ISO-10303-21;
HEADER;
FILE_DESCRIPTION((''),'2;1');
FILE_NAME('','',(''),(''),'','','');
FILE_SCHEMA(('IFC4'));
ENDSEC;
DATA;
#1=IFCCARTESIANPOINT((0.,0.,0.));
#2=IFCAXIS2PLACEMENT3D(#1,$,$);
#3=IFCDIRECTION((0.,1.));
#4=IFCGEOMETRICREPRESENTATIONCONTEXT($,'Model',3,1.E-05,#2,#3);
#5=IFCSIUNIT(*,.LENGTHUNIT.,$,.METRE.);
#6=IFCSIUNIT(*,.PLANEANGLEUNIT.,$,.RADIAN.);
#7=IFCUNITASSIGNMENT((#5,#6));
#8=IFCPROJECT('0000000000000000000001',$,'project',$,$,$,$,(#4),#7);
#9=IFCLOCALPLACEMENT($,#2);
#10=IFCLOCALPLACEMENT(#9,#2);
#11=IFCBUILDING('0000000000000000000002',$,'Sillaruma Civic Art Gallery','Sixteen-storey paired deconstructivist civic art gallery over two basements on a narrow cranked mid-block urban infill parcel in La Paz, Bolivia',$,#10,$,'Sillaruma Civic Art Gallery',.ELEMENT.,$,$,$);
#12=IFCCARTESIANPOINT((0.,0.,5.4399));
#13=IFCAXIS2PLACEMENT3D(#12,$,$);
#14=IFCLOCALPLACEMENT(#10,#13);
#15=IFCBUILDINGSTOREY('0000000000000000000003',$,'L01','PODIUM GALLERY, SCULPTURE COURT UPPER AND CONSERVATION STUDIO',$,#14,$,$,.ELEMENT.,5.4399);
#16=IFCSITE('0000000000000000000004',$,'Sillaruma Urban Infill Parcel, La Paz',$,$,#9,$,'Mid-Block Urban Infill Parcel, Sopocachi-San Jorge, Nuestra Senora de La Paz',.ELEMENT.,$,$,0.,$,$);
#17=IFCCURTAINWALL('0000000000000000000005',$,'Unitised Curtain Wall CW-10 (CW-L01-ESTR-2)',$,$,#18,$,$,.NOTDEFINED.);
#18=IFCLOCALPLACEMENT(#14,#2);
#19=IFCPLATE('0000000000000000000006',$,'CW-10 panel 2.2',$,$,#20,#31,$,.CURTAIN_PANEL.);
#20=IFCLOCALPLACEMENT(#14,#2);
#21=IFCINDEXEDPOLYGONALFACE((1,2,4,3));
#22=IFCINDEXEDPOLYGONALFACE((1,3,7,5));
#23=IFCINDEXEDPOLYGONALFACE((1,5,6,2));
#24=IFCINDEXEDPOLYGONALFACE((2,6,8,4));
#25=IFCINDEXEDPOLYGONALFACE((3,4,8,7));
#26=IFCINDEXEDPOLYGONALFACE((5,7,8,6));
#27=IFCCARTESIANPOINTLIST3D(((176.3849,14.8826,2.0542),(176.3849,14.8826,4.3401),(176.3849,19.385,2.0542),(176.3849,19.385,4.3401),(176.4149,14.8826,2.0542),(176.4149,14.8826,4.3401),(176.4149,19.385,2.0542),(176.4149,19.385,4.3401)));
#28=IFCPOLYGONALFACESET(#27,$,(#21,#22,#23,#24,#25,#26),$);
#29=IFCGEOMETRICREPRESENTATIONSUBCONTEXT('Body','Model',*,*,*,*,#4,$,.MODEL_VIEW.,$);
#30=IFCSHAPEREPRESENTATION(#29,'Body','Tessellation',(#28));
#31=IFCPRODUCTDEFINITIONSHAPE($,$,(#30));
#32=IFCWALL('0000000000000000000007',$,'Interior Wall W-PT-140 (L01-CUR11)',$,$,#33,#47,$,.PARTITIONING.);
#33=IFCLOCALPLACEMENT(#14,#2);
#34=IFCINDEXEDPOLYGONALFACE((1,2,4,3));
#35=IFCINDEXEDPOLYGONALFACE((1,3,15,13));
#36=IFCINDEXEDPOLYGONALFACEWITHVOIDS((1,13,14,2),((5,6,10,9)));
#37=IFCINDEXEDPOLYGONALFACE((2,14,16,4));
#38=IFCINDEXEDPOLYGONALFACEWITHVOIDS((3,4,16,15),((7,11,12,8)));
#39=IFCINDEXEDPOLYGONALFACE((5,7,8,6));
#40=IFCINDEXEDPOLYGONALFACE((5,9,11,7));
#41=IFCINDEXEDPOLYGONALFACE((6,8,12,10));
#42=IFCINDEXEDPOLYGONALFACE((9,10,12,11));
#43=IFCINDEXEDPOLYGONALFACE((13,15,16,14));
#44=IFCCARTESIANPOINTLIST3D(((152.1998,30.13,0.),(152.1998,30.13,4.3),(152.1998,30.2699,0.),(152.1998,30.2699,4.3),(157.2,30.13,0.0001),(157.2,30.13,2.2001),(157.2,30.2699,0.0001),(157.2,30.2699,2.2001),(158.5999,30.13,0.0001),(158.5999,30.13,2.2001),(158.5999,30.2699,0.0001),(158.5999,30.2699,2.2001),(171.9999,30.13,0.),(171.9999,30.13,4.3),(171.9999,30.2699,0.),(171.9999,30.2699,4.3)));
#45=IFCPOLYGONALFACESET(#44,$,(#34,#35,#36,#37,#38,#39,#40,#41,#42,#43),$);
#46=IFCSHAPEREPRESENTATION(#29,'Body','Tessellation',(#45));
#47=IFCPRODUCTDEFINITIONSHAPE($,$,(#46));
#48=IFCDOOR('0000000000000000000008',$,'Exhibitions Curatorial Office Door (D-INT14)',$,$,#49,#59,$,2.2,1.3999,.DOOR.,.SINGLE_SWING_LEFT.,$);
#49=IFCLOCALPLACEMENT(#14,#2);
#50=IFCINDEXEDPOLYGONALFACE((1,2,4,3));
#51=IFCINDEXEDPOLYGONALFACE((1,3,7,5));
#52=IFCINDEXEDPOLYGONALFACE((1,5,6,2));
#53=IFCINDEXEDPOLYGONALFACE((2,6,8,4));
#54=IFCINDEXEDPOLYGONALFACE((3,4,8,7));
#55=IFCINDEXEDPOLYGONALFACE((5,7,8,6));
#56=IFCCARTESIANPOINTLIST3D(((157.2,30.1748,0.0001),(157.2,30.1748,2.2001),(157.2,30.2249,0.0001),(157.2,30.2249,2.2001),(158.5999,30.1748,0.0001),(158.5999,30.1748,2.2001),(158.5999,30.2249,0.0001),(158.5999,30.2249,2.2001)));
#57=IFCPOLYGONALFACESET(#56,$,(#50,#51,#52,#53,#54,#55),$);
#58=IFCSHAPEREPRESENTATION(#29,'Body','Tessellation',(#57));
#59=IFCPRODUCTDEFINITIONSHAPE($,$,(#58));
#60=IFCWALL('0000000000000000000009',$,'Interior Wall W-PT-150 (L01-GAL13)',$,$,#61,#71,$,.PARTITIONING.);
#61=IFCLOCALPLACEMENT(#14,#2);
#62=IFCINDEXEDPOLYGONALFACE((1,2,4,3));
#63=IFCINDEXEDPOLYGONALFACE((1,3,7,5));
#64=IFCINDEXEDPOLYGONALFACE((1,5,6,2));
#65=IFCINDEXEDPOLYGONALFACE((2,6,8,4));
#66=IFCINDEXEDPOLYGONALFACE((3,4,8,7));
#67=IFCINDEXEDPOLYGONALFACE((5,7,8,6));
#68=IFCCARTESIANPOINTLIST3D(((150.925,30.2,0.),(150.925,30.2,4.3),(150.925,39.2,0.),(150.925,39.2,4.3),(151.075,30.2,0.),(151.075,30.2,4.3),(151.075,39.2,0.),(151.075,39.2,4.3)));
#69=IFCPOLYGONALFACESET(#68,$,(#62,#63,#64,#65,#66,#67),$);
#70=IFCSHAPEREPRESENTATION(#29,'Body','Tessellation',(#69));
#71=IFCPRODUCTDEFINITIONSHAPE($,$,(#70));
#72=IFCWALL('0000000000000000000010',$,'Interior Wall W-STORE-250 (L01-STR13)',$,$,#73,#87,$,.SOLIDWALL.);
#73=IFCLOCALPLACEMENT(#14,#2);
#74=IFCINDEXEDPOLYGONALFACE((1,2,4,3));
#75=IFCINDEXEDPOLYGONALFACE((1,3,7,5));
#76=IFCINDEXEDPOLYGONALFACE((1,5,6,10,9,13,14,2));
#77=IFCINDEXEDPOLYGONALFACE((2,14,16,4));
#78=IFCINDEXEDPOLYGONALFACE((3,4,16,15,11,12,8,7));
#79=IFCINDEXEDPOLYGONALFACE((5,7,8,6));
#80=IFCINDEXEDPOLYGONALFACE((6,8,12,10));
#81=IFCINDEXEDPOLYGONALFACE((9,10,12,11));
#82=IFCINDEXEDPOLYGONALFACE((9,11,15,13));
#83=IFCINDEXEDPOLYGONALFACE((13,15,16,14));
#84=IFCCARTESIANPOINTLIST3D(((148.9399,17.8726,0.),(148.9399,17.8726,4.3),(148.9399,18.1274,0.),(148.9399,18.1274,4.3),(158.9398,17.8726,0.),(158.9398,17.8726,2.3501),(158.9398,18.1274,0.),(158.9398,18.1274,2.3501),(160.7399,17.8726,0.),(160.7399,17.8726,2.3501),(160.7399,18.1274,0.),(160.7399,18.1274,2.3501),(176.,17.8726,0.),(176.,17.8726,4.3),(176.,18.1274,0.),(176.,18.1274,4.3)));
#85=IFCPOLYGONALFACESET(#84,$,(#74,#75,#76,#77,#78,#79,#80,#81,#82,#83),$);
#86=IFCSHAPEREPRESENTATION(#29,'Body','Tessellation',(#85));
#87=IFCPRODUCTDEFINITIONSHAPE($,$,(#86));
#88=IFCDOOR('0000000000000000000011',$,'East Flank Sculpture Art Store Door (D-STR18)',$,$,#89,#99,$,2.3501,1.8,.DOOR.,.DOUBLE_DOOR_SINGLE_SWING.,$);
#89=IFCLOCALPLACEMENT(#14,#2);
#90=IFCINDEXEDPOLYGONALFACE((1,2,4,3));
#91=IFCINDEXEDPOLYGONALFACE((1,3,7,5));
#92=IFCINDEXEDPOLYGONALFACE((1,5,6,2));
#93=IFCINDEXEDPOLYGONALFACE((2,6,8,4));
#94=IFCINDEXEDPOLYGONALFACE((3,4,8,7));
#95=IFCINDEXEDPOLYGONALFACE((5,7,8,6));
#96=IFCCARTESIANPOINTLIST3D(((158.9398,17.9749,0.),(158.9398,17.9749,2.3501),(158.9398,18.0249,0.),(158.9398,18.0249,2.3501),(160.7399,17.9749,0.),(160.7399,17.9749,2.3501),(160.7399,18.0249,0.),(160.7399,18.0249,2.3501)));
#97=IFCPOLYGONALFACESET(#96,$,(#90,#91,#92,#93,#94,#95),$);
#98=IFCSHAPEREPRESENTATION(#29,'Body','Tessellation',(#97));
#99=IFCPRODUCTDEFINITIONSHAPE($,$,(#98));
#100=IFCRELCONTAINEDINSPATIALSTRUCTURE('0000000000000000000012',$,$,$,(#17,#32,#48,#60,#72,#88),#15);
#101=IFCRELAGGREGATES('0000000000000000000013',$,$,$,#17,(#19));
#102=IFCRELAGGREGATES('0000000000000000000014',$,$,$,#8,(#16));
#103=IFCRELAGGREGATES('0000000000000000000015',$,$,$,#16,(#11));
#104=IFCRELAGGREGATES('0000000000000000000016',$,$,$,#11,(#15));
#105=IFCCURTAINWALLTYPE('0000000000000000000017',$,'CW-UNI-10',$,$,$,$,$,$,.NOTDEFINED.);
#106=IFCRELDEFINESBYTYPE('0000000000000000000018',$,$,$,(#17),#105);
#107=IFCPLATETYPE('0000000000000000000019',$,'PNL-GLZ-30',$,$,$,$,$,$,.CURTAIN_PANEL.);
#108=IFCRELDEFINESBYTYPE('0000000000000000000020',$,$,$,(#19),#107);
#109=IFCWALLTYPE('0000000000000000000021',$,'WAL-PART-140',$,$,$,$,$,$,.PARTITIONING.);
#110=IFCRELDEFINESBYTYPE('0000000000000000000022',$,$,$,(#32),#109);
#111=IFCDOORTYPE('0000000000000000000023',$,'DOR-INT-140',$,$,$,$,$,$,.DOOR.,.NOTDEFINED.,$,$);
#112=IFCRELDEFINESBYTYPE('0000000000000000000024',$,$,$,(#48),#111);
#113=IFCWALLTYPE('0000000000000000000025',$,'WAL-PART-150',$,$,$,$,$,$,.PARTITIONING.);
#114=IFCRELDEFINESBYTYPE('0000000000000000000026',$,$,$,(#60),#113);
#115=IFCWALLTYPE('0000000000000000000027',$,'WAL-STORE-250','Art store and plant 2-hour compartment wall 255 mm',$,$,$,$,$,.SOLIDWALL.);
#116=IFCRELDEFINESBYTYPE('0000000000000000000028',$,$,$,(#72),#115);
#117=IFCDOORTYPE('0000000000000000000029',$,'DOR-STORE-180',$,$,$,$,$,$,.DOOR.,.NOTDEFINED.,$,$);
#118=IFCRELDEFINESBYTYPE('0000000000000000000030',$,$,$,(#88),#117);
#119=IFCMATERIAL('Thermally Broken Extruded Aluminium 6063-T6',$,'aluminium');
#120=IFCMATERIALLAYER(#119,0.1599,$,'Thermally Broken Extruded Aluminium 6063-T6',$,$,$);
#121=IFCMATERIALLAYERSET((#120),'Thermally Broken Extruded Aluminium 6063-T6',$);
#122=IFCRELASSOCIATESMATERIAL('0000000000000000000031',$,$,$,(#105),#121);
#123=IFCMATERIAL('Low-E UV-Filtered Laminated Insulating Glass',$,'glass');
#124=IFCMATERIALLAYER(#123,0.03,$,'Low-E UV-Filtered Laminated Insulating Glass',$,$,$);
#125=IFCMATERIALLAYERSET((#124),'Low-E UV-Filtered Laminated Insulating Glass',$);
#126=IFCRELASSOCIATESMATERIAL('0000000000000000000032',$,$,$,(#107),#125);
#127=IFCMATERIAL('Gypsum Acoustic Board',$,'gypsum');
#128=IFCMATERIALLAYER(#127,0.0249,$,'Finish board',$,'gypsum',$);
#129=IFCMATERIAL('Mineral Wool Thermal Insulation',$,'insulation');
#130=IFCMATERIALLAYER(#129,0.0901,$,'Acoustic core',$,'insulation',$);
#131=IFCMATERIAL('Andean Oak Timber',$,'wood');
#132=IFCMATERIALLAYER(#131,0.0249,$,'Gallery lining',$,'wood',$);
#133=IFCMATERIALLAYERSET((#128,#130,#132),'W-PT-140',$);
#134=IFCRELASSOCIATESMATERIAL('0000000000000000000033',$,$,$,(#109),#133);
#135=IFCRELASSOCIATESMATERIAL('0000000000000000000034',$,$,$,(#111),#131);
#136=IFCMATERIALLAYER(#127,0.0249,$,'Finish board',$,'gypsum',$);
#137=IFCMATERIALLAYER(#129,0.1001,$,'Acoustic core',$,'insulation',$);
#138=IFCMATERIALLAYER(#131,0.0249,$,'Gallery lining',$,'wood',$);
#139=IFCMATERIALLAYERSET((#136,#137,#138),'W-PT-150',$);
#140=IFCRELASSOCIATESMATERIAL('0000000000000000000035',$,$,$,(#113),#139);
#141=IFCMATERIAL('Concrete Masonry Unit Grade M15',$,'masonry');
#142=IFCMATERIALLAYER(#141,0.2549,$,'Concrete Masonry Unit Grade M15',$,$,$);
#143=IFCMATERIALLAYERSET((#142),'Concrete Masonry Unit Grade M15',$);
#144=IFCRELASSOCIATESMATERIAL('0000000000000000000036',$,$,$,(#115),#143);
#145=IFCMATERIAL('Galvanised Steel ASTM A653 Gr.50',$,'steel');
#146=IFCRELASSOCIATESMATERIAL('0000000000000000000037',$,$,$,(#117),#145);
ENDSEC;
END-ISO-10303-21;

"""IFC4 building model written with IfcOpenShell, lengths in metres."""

from ifc_helpers import new_model, si_unit, direction, frame, frame_2d, origin, origin_2d, place, context, subcontext, project, spatial, rectangle, extrude, material, layer, layer_set, type_object, element, fill, aggregate, save


model = new_model("IFC4")

# Units and contexts
model_context = context("Model", 3, precision=1e-05, world=origin(), true_north=direction((0.0, 1.0)))
body_context = subcontext(model_context, "Body", "Model", "MODEL_VIEW")
ifc_project = project(units=[si_unit("LENGTHUNIT", "METRE"), si_unit("PLANEANGLEUNIT", "RADIAN")], contexts=[model_context])

# Site, building, storey
site_placement = place(None, origin())
site = spatial("IfcSite", under=ifc_project, at=site_placement, Name="Sillaruma Urban Infill Parcel, La Paz", LongName="Mid-Block Urban Infill Parcel, Sopocachi-San Jorge, Nuestra Senora de La Paz", CompositionType="ELEMENT", RefElevation=0.0)
building_placement = place(site_placement, origin())
building = spatial("IfcBuilding", under=site, at=building_placement, Name="Sillaruma Civic Art Gallery", Description="Sixteen-storey paired deconstructivist civic art gallery over two basements on a narrow cranked mid-block urban infill parcel in La Paz, Bolivia", LongName="Sillaruma Civic Art Gallery", CompositionType="ELEMENT")
storey_placement = place(building_placement, frame((0.0, 0.0, 5.4399)))
storey = spatial("IfcBuildingStorey", under=building, at=storey_placement, Name="L01", Description="PODIUM GALLERY, SCULPTURE COURT UPPER AND CONSERVATION STUDIO", CompositionType="ELEMENT", Elevation=5.4399)

# Curtain wall, plate
ifc_material_1 = material(Name="Thermally Broken Extruded Aluminium 6063-T6", Category="aluminium")
ifc_layer_1 = layer(ifc_material_1, 0.1599, Name="Thermally Broken Extruded Aluminium 6063-T6")
ifc_layer_set_1 = layer_set([ifc_layer_1], Name="Thermally Broken Extruded Aluminium 6063-T6")
curtain_wall_type = type_object("IfcCurtainWallType", Name="CW-UNI-10", PredefinedType="NOTDEFINED", material=ifc_layer_set_1)
curtain_wall_placement = place(storey_placement, origin())
curtain_wall = element("IfcCurtainWall", 1, at=curtain_wall_placement, inside=storey, type_object=curtain_wall_type, Name="Unitised Curtain Wall CW-10 (CW-L01-ESTR-2)", PredefinedType="NOTDEFINED")
ifc_material_2 = material(Name="Low-E UV-Filtered Laminated Insulating Glass", Category="glass")
ifc_layer_2 = layer(ifc_material_2, 0.03, Name="Low-E UV-Filtered Laminated Insulating Glass")
ifc_layer_set_2 = layer_set([ifc_layer_2], Name="Low-E UV-Filtered Laminated Insulating Glass")
plate_type = type_object("IfcPlateType", Name="PNL-GLZ-30", PredefinedType="CURTAIN_PANEL", material=ifc_layer_set_2)
plate_placement = place(storey_placement, frame((176.3999, 17.1338, 2.0542), z_axis=(0.0, 0.0, 1.0), x_axis=(0.0, 1.0, 0.0)))
plate = element("IfcPlate", 2, at=plate_placement, type_object=plate_type, Name="CW-10 panel 2.2", PredefinedType="CURTAIN_PANEL", context=body_context, shape_type="SweptSolid", body=[
    extrude(rectangle(XDim=4.5024, YDim=0.03, at=origin_2d()), origin(), (0.0, 0.0, 1.0), 2.2859),
])
aggregate(curtain_wall, [plate])

# Wall, opening, door
ifc_material_3 = material(Name="Gypsum Acoustic Board", Category="gypsum")
ifc_layer_3 = layer(ifc_material_3, 0.0249, Name="Finish board", Category="gypsum")
ifc_material_4 = material(Name="Mineral Wool Thermal Insulation", Category="insulation")
ifc_layer_4 = layer(ifc_material_4, 0.0901, Name="Acoustic core", Category="insulation")
ifc_material_5 = material(Name="Andean Oak Timber", Category="wood")
ifc_layer_5 = layer(ifc_material_5, 0.0249, Name="Gallery lining", Category="wood")
ifc_layer_set_3 = layer_set([ifc_layer_3, ifc_layer_4, ifc_layer_5], Name="W-PT-140")
wall_type_1 = type_object("IfcWallType", Name="WAL-PART-140", PredefinedType="PARTITIONING", material=ifc_layer_set_3)
wall_1_placement = place(storey_placement, frame((152.2, 30.2, 0.0), z_axis=(0.0, 0.0, 1.0), x_axis=(1.0, 0.0, 0.0)))
wall_1 = element("IfcWall", 3, at=wall_1_placement, inside=storey, type_object=wall_type_1, Name="Interior Wall W-PT-140 (L01-CUR11)", PredefinedType="PARTITIONING", context=body_context, shape_type="SweptSolid", body=[
    extrude(rectangle(XDim=19.8, YDim=0.1399, at=frame_2d((9.8999, 0.0))), origin(), (0.0, 0.0, 1.0), 4.3),
])
opening_1_placement = place(wall_1_placement, frame((5.0, 0.0, 0.0)))
opening_1 = element("IfcOpeningElement", 4, at=opening_1_placement, cuts=wall_1, PredefinedType="OPENING", context=body_context, shape_type="SweptSolid", body=[
    extrude(rectangle(XDim=1.3999, YDim=2.2, at=frame_2d((0.7, 1.1001))), frame((0.0, 0.0798, 0.0), z_axis=(0.0, -1.0, 0.0), x_axis=(1.0, 0.0, 0.0)), (0.0, 0.0, 1.0), 0.1599),
])
door_type_1 = type_object("IfcDoorType", Name="DOR-INT-140", OperationType="NOTDEFINED", PredefinedType="DOOR", material=ifc_material_5)
door_1_placement = place(opening_1_placement, origin())
door_1 = element("IfcDoor", 5, at=door_1_placement, inside=storey, type_object=door_type_1, Name="Exhibitions Curatorial Office Door (D-INT14)", OperationType="SINGLE_SWING_LEFT", OverallHeight=2.2, OverallWidth=1.3999, PredefinedType="DOOR", context=body_context, shape_type="SweptSolid", body=[
    extrude(rectangle(XDim=1.3999, YDim=2.2, at=frame_2d((0.7, 1.1001))), frame((0.0, 0.0249, 0.0), z_axis=(0.0, -1.0, 0.0), x_axis=(1.0, 0.0, 0.0)), (0.0, 0.0, 1.0), 0.05),
])
fill(opening_1, door_1)

# Wall
ifc_layer_6 = layer(ifc_material_3, 0.0249, Name="Finish board", Category="gypsum")
ifc_layer_7 = layer(ifc_material_4, 0.1001, Name="Acoustic core", Category="insulation")
ifc_layer_8 = layer(ifc_material_5, 0.0249, Name="Gallery lining", Category="wood")
ifc_layer_set_4 = layer_set([ifc_layer_6, ifc_layer_7, ifc_layer_8], Name="W-PT-150")
wall_type_2 = type_object("IfcWallType", Name="WAL-PART-150", PredefinedType="PARTITIONING", material=ifc_layer_set_4)
wall_2_placement = place(storey_placement, frame((151.0, 30.2, 0.0), z_axis=(0.0, 0.0, 1.0), x_axis=(0.0, 1.0, 0.0)))
element("IfcWall", 6, at=wall_2_placement, inside=storey, type_object=wall_type_2, Name="Interior Wall W-PT-150 (L01-GAL13)", PredefinedType="PARTITIONING", context=body_context, shape_type="SweptSolid", body=[
    extrude(rectangle(XDim=9.0, YDim=0.1499, at=frame_2d((4.5, 0.0))), origin(), (0.0, 0.0, 1.0), 4.3),
])

# Wall, opening, door
ifc_material_6 = material(Name="Concrete Masonry Unit Grade M15", Category="masonry")
ifc_layer_9 = layer(ifc_material_6, 0.2549, Name="Concrete Masonry Unit Grade M15")
ifc_layer_set_5 = layer_set([ifc_layer_9], Name="Concrete Masonry Unit Grade M15")
wall_type_3 = type_object("IfcWallType", Name="WAL-STORE-250", Description="Art store and plant 2-hour compartment wall 255 mm", PredefinedType="SOLIDWALL", material=ifc_layer_set_5)
wall_3_placement = place(storey_placement, frame((148.9399, 18.0, 0.0), z_axis=(0.0, 0.0, 1.0), x_axis=(1.0, 0.0, 0.0)))
wall_3 = element("IfcWall", 7, at=wall_3_placement, inside=storey, type_object=wall_type_3, Name="Interior Wall W-STORE-250 (L01-STR13)", PredefinedType="SOLIDWALL", context=body_context, shape_type="SweptSolid", body=[
    extrude(rectangle(XDim=27.0601, YDim=0.2549, at=frame_2d((13.53, 0.0))), origin(), (0.0, 0.0, 1.0), 4.3),
])
opening_2_placement = place(wall_3_placement, frame((10.0, 0.0, 0.0)))
opening_2 = element("IfcOpeningElement", 8, at=opening_2_placement, cuts=wall_3, PredefinedType="OPENING", context=body_context, shape_type="SweptSolid", body=[
    extrude(rectangle(XDim=1.8, YDim=2.3501, at=frame_2d((0.8999, 1.175))), frame((0.0, 0.1375, 0.0), z_axis=(0.0, -1.0, 0.0), x_axis=(1.0, 0.0, 0.0)), (0.0, 0.0, 1.0), 0.2749),
])
ifc_material_7 = material(Name="Galvanised Steel ASTM A653 Gr.50", Category="steel")
door_type_2 = type_object("IfcDoorType", Name="DOR-STORE-180", OperationType="NOTDEFINED", PredefinedType="DOOR", material=ifc_material_7)
door_2_placement = place(opening_2_placement, origin())
door_2 = element("IfcDoor", 9, at=door_2_placement, inside=storey, type_object=door_type_2, Name="East Flank Sculpture Art Store Door (D-STR18)", OperationType="DOUBLE_DOOR_SINGLE_SWING", OverallHeight=2.3501, OverallWidth=1.8, PredefinedType="DOOR", context=body_context, shape_type="SweptSolid", body=[
    extrude(rectangle(XDim=1.8, YDim=2.3501, at=frame_2d((0.8999, 1.175))), frame((0.0, 0.0249, 0.0), z_axis=(0.0, -1.0, 0.0), x_axis=(1.0, 0.0, 0.0)), (0.0, 0.0, 1.0), 0.05),
])
fill(opening_2, door_2)

save(model, "model.ifc")
